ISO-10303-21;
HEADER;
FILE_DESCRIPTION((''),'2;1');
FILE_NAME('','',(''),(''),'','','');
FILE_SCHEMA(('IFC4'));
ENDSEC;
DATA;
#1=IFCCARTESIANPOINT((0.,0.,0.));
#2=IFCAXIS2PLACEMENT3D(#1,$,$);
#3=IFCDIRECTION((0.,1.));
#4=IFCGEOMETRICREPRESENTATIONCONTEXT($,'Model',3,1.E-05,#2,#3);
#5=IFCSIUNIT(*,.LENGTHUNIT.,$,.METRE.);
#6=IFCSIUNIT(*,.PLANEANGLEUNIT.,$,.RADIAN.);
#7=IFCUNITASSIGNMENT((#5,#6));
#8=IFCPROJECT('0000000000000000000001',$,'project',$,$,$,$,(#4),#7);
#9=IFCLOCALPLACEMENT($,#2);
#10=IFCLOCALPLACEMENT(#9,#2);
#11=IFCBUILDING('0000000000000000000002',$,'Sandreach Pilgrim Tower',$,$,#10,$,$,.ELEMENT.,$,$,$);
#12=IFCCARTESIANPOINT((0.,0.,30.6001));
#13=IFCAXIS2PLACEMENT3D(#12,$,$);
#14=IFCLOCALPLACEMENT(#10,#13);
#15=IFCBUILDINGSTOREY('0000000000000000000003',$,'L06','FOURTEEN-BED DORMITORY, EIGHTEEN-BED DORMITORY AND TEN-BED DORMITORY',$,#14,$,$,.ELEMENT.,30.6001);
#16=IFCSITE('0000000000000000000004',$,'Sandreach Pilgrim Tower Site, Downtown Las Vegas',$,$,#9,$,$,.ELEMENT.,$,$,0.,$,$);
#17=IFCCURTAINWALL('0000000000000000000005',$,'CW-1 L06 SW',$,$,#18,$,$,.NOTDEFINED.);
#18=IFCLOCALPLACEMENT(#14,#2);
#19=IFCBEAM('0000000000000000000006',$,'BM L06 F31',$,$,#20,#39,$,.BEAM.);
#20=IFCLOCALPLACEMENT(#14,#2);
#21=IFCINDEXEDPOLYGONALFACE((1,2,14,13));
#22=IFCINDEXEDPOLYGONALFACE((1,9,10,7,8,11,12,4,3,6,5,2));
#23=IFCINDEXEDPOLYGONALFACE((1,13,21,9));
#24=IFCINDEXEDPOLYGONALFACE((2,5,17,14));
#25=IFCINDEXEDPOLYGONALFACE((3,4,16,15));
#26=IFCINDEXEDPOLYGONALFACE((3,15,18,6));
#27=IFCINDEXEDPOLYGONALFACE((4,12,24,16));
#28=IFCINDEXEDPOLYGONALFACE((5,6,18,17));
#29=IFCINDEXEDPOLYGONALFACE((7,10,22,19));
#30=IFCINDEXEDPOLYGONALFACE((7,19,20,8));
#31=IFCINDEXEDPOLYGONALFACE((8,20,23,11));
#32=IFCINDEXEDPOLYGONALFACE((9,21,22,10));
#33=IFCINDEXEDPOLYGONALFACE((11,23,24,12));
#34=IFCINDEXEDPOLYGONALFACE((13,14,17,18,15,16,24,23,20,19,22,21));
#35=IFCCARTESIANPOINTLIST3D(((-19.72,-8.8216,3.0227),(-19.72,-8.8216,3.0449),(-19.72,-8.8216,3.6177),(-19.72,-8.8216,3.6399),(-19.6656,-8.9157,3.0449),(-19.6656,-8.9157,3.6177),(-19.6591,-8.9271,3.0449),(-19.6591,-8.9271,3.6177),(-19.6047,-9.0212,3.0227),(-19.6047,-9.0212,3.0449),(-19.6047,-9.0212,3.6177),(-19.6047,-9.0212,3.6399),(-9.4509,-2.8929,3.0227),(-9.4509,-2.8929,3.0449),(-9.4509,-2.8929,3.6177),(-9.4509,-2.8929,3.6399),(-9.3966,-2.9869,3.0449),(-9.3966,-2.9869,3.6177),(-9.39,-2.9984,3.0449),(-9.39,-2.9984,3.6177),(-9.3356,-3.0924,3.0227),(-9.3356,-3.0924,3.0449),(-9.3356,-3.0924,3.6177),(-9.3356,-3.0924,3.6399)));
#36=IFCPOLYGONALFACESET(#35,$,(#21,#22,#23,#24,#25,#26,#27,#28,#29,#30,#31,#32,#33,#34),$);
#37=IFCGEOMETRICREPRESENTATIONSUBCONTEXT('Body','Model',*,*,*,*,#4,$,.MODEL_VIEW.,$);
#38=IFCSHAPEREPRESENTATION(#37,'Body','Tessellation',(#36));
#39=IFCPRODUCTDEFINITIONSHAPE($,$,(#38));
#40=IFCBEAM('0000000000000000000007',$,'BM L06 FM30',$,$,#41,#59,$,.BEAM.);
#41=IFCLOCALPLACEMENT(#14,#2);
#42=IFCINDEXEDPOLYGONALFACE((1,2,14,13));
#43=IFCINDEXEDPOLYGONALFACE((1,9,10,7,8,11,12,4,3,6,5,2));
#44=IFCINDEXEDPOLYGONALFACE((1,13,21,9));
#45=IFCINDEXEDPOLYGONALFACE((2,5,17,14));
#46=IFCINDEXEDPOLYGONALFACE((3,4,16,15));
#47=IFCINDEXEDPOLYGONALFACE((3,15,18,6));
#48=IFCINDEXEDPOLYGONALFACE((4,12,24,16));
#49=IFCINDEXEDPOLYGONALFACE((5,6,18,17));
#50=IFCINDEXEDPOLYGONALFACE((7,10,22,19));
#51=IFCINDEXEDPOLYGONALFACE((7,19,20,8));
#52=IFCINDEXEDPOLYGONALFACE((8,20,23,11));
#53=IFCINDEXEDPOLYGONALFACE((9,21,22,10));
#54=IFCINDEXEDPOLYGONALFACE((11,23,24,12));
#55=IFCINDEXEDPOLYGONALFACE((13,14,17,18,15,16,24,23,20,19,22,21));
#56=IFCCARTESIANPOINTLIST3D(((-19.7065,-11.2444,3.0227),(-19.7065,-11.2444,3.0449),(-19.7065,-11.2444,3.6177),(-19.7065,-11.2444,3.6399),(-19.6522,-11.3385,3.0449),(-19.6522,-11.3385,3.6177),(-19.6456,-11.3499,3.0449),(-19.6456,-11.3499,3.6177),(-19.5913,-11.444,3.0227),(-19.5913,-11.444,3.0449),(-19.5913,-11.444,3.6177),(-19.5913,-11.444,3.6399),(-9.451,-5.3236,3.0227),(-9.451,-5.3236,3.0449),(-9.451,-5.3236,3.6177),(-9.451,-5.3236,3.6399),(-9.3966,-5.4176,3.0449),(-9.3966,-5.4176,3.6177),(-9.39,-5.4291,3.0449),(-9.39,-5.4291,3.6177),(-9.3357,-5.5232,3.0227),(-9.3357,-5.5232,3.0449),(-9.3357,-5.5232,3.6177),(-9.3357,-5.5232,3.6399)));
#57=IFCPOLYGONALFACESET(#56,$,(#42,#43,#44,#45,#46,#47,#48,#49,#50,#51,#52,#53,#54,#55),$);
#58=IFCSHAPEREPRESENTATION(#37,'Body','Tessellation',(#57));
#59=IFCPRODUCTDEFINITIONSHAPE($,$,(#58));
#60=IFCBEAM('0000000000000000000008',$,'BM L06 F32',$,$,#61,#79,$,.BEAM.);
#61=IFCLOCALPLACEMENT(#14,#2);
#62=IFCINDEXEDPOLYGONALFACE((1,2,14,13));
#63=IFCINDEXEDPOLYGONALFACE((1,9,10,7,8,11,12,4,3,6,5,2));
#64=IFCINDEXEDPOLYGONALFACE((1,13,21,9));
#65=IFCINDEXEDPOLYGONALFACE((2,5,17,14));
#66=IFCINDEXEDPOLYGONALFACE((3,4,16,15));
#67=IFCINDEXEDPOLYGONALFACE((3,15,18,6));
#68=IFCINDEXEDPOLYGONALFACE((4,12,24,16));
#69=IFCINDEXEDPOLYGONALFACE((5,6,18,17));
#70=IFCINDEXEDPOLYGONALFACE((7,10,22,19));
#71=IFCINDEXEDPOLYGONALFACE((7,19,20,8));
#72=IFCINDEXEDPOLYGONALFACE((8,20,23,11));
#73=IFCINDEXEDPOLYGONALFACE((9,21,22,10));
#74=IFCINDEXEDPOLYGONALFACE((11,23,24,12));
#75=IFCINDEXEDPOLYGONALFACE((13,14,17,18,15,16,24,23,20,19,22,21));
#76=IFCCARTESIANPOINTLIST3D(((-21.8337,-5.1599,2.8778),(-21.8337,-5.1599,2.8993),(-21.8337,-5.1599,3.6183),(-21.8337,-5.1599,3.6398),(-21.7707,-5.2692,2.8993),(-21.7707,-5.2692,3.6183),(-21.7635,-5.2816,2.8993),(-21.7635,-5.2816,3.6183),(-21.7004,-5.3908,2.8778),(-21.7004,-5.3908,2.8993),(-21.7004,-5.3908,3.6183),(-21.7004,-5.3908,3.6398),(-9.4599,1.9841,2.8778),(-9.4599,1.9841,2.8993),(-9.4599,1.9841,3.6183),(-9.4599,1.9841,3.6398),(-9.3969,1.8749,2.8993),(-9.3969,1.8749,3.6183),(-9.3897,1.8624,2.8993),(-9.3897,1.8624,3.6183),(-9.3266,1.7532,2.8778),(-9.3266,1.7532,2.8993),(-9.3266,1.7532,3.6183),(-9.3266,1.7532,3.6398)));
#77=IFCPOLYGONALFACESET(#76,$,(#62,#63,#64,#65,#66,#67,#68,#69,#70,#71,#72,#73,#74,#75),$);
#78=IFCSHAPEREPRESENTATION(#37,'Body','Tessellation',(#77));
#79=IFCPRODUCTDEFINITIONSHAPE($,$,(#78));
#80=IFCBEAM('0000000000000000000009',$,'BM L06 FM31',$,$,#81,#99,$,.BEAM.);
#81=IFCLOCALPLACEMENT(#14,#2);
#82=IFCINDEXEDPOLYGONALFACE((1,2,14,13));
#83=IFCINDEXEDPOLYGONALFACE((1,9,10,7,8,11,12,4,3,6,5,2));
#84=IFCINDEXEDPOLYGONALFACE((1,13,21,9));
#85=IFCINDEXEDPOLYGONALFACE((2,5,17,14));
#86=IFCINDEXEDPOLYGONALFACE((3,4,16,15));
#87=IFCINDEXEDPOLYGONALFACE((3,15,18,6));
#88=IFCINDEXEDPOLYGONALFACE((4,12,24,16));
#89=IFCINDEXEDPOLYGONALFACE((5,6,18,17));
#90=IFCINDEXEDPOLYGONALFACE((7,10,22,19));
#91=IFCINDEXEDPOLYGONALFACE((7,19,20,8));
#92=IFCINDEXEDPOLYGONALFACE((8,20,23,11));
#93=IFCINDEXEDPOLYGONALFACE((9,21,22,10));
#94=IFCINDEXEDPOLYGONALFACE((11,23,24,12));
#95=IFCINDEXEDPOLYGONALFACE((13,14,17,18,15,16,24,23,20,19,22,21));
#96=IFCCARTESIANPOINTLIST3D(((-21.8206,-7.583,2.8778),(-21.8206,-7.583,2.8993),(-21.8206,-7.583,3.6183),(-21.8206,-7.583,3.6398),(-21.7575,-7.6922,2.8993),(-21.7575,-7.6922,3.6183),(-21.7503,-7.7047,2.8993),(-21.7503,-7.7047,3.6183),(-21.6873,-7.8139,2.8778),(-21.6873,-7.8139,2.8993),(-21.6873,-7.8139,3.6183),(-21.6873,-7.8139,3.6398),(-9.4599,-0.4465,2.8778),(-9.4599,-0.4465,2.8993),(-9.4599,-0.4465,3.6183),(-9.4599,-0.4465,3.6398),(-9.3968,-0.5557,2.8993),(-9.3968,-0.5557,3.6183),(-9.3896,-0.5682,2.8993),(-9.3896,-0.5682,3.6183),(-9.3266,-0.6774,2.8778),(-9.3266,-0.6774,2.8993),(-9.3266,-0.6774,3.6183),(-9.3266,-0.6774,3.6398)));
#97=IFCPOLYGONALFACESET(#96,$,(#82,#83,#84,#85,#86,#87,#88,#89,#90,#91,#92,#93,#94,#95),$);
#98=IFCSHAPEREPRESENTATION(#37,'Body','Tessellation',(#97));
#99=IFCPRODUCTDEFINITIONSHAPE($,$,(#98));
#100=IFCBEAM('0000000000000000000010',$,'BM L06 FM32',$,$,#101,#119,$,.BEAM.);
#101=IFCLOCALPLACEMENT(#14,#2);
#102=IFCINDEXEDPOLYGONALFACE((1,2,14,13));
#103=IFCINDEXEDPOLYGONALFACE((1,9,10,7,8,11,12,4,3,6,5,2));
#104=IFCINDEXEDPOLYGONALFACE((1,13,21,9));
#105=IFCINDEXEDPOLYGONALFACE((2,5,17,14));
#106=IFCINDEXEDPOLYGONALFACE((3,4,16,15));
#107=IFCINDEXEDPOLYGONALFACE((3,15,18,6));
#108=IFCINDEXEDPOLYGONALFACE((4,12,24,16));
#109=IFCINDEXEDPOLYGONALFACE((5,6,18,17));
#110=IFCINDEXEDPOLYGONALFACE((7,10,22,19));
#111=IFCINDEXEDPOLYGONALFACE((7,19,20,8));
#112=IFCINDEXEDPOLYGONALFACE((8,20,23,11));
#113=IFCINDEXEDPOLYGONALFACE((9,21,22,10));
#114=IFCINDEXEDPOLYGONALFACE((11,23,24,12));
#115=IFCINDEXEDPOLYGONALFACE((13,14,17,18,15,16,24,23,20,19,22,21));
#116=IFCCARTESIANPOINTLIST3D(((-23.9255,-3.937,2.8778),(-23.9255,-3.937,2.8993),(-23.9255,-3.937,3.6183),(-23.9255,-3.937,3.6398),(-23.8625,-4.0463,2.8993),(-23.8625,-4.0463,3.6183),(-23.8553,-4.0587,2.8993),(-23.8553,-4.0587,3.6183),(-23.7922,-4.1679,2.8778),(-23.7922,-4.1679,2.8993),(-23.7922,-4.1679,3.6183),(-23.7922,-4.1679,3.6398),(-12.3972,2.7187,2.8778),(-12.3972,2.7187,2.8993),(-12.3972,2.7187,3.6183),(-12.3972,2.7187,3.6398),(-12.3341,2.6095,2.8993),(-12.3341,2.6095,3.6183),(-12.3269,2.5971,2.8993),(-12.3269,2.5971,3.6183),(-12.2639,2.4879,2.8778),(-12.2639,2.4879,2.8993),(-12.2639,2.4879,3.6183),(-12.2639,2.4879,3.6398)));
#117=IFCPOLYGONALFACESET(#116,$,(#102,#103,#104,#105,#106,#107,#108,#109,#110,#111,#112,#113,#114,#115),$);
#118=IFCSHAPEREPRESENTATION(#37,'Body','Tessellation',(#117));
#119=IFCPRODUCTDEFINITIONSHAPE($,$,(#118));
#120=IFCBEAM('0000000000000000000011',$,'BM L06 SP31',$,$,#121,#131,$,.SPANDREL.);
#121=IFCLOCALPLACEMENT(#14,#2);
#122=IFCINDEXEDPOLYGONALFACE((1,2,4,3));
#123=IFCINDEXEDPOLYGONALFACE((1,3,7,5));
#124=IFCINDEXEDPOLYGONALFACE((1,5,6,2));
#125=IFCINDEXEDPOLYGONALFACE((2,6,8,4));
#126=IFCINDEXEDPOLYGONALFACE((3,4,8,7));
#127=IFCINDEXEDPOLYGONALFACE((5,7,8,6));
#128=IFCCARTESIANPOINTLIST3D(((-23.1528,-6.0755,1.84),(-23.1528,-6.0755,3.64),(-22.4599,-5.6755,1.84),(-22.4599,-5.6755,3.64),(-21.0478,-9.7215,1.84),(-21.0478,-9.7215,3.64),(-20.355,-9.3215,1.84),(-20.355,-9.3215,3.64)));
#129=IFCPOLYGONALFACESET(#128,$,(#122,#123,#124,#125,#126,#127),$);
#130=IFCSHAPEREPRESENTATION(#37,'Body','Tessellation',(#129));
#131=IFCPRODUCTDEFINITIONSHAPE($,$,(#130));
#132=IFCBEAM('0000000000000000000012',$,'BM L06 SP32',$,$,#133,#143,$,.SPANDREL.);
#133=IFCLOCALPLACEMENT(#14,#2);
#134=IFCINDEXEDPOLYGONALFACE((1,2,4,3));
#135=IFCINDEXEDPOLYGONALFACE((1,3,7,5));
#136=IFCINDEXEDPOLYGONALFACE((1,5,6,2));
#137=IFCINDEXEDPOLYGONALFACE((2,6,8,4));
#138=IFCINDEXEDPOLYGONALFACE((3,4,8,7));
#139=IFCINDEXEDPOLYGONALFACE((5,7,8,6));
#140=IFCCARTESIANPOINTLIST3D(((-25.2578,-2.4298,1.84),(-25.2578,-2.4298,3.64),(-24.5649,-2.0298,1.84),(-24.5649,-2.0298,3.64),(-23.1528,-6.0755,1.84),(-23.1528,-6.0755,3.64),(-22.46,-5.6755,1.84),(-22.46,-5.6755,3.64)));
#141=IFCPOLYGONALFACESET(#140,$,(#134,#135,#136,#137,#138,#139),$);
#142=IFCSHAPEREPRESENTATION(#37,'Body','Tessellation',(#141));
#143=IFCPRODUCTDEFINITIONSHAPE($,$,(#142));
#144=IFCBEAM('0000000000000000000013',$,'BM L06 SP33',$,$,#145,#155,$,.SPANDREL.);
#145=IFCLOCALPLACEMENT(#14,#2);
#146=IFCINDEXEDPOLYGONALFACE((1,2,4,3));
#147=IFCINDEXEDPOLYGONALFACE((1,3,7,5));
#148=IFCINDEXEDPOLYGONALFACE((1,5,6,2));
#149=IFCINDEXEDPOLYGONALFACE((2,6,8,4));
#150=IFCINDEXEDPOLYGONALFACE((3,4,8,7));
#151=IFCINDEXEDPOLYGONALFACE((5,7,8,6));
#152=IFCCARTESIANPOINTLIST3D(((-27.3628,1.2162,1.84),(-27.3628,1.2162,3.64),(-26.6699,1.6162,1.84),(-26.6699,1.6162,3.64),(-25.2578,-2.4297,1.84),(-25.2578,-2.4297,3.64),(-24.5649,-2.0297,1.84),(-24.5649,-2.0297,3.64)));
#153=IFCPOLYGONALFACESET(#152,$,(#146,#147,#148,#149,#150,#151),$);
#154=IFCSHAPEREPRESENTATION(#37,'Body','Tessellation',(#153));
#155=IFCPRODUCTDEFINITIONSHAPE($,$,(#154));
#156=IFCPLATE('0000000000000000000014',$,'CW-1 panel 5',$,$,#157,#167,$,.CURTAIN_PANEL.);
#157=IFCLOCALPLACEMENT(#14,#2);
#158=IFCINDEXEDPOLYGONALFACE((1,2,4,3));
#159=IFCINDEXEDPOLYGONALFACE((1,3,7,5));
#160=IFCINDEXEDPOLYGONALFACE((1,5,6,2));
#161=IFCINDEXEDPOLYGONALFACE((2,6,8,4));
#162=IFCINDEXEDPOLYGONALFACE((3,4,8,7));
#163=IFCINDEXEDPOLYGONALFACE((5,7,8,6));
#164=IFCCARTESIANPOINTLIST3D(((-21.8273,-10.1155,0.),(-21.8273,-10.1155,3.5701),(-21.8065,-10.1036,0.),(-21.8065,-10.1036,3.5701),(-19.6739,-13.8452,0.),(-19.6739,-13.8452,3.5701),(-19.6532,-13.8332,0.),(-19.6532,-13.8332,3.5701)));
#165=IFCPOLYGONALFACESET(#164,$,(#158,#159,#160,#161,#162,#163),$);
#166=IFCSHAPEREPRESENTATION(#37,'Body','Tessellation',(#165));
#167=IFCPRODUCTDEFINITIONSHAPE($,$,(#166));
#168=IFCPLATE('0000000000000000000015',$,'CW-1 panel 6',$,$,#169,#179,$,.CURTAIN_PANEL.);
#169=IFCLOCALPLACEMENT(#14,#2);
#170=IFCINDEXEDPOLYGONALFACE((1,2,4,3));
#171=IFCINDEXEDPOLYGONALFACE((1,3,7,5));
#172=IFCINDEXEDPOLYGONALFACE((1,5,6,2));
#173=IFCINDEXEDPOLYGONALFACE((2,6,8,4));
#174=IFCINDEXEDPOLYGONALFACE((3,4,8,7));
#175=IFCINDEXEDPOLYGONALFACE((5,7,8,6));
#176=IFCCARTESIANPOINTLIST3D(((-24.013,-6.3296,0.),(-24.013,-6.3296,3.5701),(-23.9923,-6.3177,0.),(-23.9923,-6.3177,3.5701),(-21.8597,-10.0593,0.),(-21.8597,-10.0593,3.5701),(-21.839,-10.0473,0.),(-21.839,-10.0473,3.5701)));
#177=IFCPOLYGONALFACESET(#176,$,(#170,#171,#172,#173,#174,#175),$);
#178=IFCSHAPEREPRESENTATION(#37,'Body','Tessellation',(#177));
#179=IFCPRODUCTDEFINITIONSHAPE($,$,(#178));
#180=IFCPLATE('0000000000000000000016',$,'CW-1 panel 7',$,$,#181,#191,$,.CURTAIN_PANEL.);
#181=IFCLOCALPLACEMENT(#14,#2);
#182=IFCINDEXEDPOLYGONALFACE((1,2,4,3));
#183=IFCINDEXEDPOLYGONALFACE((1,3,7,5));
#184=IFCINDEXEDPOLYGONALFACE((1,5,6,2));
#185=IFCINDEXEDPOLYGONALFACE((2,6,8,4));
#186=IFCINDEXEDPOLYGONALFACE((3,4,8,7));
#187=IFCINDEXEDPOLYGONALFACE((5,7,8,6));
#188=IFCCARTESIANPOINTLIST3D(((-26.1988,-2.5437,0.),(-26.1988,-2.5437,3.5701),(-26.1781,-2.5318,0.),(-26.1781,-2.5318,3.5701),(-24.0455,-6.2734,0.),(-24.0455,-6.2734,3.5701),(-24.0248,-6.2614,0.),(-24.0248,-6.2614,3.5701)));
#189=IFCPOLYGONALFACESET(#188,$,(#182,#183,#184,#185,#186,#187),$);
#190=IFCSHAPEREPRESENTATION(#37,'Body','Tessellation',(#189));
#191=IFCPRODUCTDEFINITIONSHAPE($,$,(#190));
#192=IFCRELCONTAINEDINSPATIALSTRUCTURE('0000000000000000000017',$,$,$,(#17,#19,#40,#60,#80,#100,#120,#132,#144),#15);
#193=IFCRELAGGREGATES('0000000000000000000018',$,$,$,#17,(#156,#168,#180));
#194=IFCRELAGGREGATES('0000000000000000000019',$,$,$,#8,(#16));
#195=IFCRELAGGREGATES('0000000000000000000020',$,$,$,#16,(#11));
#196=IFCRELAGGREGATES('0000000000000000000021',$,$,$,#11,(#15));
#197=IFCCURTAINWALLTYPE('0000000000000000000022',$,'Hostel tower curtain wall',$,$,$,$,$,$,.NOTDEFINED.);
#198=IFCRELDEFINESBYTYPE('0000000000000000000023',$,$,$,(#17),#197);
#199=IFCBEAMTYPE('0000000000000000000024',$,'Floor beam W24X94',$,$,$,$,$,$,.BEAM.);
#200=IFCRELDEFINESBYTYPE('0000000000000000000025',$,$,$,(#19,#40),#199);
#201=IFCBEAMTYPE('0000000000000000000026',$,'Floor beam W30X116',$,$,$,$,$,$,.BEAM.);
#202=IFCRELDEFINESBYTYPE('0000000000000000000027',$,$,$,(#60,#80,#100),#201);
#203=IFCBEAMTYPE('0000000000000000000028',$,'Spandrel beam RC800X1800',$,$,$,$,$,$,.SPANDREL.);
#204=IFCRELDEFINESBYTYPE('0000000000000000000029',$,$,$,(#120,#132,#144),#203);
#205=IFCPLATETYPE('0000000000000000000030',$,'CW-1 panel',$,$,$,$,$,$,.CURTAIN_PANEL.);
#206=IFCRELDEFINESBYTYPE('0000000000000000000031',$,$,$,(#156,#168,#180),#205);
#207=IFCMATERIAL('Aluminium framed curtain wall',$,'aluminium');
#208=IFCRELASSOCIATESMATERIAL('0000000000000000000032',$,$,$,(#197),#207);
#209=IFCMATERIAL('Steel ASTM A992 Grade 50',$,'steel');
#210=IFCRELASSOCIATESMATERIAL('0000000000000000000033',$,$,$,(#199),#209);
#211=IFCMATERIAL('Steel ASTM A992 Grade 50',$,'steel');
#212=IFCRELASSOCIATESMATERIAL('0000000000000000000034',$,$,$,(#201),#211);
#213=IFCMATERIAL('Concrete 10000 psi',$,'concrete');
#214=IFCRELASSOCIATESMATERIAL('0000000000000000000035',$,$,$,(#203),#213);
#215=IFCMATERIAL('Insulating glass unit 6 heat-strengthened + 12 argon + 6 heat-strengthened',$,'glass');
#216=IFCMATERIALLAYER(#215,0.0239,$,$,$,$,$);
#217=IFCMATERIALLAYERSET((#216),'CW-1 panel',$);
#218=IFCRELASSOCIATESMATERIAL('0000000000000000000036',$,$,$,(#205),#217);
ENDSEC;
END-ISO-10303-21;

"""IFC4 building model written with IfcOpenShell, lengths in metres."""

from ifc_helpers import new_model, si_unit, direction, frame, origin, origin_2d, place, context, subcontext, project, spatial, rectangle, i_section, extrude, material, layer, layer_set, material_profile, profile_set, type_object, element, aggregate, save


model = new_model("IFC4")

# Units and contexts
model_context = context("Model", 3, precision=1e-05, world=origin(), true_north=direction((0.0, 1.0)))
body_context = subcontext(model_context, "Body", "Model", "MODEL_VIEW")
ifc_project = project(units=[si_unit("LENGTHUNIT", "METRE"), si_unit("PLANEANGLEUNIT", "RADIAN")], contexts=[model_context])

# Site, building, storey
site_placement = place(None, origin())
site = spatial("IfcSite", under=ifc_project, at=site_placement, Name="Sandreach Pilgrim Tower Site, Downtown Las Vegas", CompositionType="ELEMENT", RefElevation=0.0)
building_placement = place(site_placement, origin())
building = spatial("IfcBuilding", under=site, at=building_placement, Name="Sandreach Pilgrim Tower", CompositionType="ELEMENT")
storey_placement = place(building_placement, frame((0.0, 0.0, 30.6001)))
storey = spatial("IfcBuildingStorey", under=building, at=storey_placement, Name="L06", Description="FOURTEEN-BED DORMITORY, EIGHTEEN-BED DORMITORY AND TEN-BED DORMITORY", CompositionType="ELEMENT", Elevation=30.6001)

# Curtain wall
ifc_material_1 = material(Name="Aluminium framed curtain wall", Category="aluminium")
curtain_wall_type = type_object("IfcCurtainWallType", Name="Hostel tower curtain wall", PredefinedType="NOTDEFINED", material=ifc_material_1)
curtain_wall_placement = place(storey_placement, origin())
curtain_wall = element("IfcCurtainWall", 1, at=curtain_wall_placement, inside=storey, type_object=curtain_wall_type, Name="CW-1 L06 SW", PredefinedType="NOTDEFINED")

# Beams
ifc_material_2 = material(Name="Steel ASTM A992 Grade 50", Category="steel")
ifc_material_profile_1 = material_profile(ifc_material_2, i_section(OverallWidth=0.2305, OverallDepth=0.6172, WebThickness=0.0132, FlangeThickness=0.0222, at=origin_2d()), Name="W24X94")
ifc_profile_set_1 = profile_set([ifc_material_profile_1], Name="Steel ASTM A992 Grade 50")
beam_type_1 = type_object("IfcBeamType", Name="Floor beam W24X94", PredefinedType="BEAM", material=ifc_profile_set_1)
beam_1_placement = place(storey_placement, frame((-19.6624, -8.9214, 3.3313), z_axis=(0.86603, 0.499992, 0.0), x_axis=(-0.499992, 0.86603, 0.0)))
element("IfcBeam", 2, at=beam_1_placement, inside=storey, type_object=beam_type_1, Name="BM L06 F31", PredefinedType="BEAM", context=body_context, shape_type="SweptSolid", body=[
    extrude(i_section(OverallWidth=0.2305, OverallDepth=0.6172, WebThickness=0.0132, FlangeThickness=0.0222, at=origin_2d()), origin(), (0.0, 0.0, 1.0), 11.8577),
])
beam_2_placement = place(storey_placement, frame((-19.6489, -11.3442, 3.3313), z_axis=(0.866032, 0.499988, 0.0), x_axis=(-0.499988, 0.866032, 0.0)))
element("IfcBeam", 3, at=beam_2_placement, inside=storey, type_object=beam_type_1, Name="BM L06 FM30", PredefinedType="BEAM", context=body_context, shape_type="SweptSolid", body=[
    extrude(i_section(OverallWidth=0.2305, OverallDepth=0.6172, WebThickness=0.0132, FlangeThickness=0.0222, at=origin_2d()), origin(), (0.0, 0.0, 1.0), 11.842),
])
ifc_material_3 = material(Name="Steel ASTM A992 Grade 50", Category="steel")
ifc_material_profile_2 = material_profile(ifc_material_3, i_section(OverallWidth=0.2666, OverallDepth=0.762, WebThickness=0.0144, FlangeThickness=0.0215, at=origin_2d()), Name="W30X116")
ifc_profile_set_2 = profile_set([ifc_material_profile_2], Name="Steel ASTM A992 Grade 50")
beam_type_2 = type_object("IfcBeamType", Name="Floor beam W30X116", PredefinedType="BEAM", material=ifc_profile_set_2)
beam_3_placement = place(storey_placement, frame((-21.7671, -5.2754, 3.2588), z_axis=(0.866024, 0.500002, 0.0), x_axis=(-0.500002, 0.866024, 0.0)))
element("IfcBeam", 4, at=beam_3_placement, inside=storey, type_object=beam_type_2, Name="BM L06 F32", PredefinedType="BEAM", context=body_context, shape_type="SweptSolid", body=[
    extrude(i_section(OverallWidth=0.2666, OverallDepth=0.762, WebThickness=0.0144, FlangeThickness=0.0215, at=origin_2d()), origin(), (0.0, 0.0, 1.0), 14.2881),
])
beam_4_placement = place(storey_placement, frame((-21.7539, -7.6985, 3.2588), z_axis=(0.866023, 0.500004, 0.0), x_axis=(-0.500004, 0.866023, 0.0)))
element("IfcBeam", 5, at=beam_4_placement, inside=storey, type_object=beam_type_2, Name="BM L06 FM31", PredefinedType="BEAM", context=body_context, shape_type="SweptSolid", body=[
    extrude(i_section(OverallWidth=0.2666, OverallDepth=0.762, WebThickness=0.0144, FlangeThickness=0.0215, at=origin_2d()), origin(), (0.0, 0.0, 1.0), 14.2729),
])
beam_5_placement = place(storey_placement, frame((-23.8589, -4.0525, 3.2588), z_axis=(0.866029, 0.499993, 0.0), x_axis=(-0.499993, 0.866029, 0.0)))
element("IfcBeam", 6, at=beam_5_placement, inside=storey, type_object=beam_type_2, Name="BM L06 FM32", PredefinedType="BEAM", context=body_context, shape_type="SweptSolid", body=[
    extrude(i_section(OverallWidth=0.2666, OverallDepth=0.762, WebThickness=0.0144, FlangeThickness=0.0215, at=origin_2d()), origin(), (0.0, 0.0, 1.0), 13.3118),
])
ifc_material_4 = material(Name="Concrete 10000 psi", Category="concrete")
ifc_material_profile_3 = material_profile(ifc_material_4, rectangle(XDim=0.8, YDim=1.8, at=origin_2d()), Name="RC800X1800")
ifc_profile_set_3 = profile_set([ifc_material_profile_3], Name="Concrete 10000 psi")
beam_type_3 = type_object("IfcBeamType", Name="Spandrel beam RC800X1800", PredefinedType="SPANDREL", material=ifc_profile_set_3)
beam_6_placement = place(storey_placement, frame((-20.7014, -9.5215, 2.74), z_axis=(-0.499994, 0.866029, 0.0), x_axis=(-0.866029, -0.499994, 0.0)))
element("IfcBeam", 7, at=beam_6_placement, inside=storey, type_object=beam_type_3, Name="BM L06 SP31", PredefinedType="SPANDREL", context=body_context, shape_type="SweptSolid", body=[
    extrude(rectangle(XDim=0.8, YDim=1.8, at=origin_2d()), origin(), (0.0, 0.0, 1.0), 4.21),
])
beam_7_placement = place(storey_placement, frame((-22.8064, -5.8755, 2.74), z_axis=(-0.500019, 0.866015, 0.0), x_axis=(-0.866015, -0.500019, 0.0)))
element("IfcBeam", 8, at=beam_7_placement, inside=storey, type_object=beam_type_3, Name="BM L06 SP32", PredefinedType="SPANDREL", context=body_context, shape_type="SweptSolid", body=[
    extrude(rectangle(XDim=0.8, YDim=1.8, at=origin_2d()), origin(), (0.0, 0.0, 1.0), 4.2097),
])
beam_8_placement = place(storey_placement, frame((-24.9114, -2.2297, 2.74), z_axis=(-0.499994, 0.866029, 0.0), x_axis=(-0.866029, -0.499994, 0.0)))
element("IfcBeam", 9, at=beam_8_placement, inside=storey, type_object=beam_type_3, Name="BM L06 SP33", PredefinedType="SPANDREL", context=body_context, shape_type="SweptSolid", body=[
    extrude(rectangle(XDim=0.8, YDim=1.8, at=origin_2d()), origin(), (0.0, 0.0, 1.0), 4.21),
])

# Plates
ifc_material_5 = material(Name="Insulating glass unit 6 heat-strengthened + 12 argon + 6 heat-strengthened", Category="glass")
ifc_layer_1 = layer(ifc_material_5, 0.0239)
ifc_layer_set_1 = layer_set([ifc_layer_1], Name="CW-1 panel")
plate_type = type_object("IfcPlateType", Name="CW-1 panel", PredefinedType="CURTAIN_PANEL", material=ifc_layer_set_1)
plate_1_placement = place(storey_placement, frame((-20.7402, -11.9744, 0.0), z_axis=(0.0, 0.0, 1.0), x_axis=(-0.5, 0.866025, 0.0)))
plate_1 = element("IfcPlate", 10, at=plate_1_placement, type_object=plate_type, Name="CW-1 panel 5", PredefinedType="CURTAIN_PANEL", context=body_context, shape_type="SweptSolid", body=[
    extrude(rectangle(XDim=4.3066, YDim=0.0239, at=origin_2d()), origin(), (0.0, 0.0, 1.0), 3.5701),
])
plate_2_placement = place(storey_placement, frame((-22.926, -8.1885, 0.0), z_axis=(0.0, 0.0, 1.0), x_axis=(-0.5, 0.866025, 0.0)))
plate_2 = element("IfcPlate", 11, at=plate_2_placement, type_object=plate_type, Name="CW-1 panel 6", PredefinedType="CURTAIN_PANEL", context=body_context, shape_type="SweptSolid", body=[
    extrude(rectangle(XDim=4.3066, YDim=0.0239, at=origin_2d()), origin(), (0.0, 0.0, 1.0), 3.5701),
])
plate_3_placement = place(storey_placement, frame((-25.1118, -4.4026, 0.0), z_axis=(0.0, 0.0, 1.0), x_axis=(-0.5, 0.866025, 0.0)))
plate_3 = element("IfcPlate", 12, at=plate_3_placement, type_object=plate_type, Name="CW-1 panel 7", PredefinedType="CURTAIN_PANEL", context=body_context, shape_type="SweptSolid", body=[
    extrude(rectangle(XDim=4.3066, YDim=0.0239, at=origin_2d()), origin(), (0.0, 0.0, 1.0), 3.5701),
])
aggregate(curtain_wall, [plate_1, plate_2, plate_3])

save(model, "model.ifc")
